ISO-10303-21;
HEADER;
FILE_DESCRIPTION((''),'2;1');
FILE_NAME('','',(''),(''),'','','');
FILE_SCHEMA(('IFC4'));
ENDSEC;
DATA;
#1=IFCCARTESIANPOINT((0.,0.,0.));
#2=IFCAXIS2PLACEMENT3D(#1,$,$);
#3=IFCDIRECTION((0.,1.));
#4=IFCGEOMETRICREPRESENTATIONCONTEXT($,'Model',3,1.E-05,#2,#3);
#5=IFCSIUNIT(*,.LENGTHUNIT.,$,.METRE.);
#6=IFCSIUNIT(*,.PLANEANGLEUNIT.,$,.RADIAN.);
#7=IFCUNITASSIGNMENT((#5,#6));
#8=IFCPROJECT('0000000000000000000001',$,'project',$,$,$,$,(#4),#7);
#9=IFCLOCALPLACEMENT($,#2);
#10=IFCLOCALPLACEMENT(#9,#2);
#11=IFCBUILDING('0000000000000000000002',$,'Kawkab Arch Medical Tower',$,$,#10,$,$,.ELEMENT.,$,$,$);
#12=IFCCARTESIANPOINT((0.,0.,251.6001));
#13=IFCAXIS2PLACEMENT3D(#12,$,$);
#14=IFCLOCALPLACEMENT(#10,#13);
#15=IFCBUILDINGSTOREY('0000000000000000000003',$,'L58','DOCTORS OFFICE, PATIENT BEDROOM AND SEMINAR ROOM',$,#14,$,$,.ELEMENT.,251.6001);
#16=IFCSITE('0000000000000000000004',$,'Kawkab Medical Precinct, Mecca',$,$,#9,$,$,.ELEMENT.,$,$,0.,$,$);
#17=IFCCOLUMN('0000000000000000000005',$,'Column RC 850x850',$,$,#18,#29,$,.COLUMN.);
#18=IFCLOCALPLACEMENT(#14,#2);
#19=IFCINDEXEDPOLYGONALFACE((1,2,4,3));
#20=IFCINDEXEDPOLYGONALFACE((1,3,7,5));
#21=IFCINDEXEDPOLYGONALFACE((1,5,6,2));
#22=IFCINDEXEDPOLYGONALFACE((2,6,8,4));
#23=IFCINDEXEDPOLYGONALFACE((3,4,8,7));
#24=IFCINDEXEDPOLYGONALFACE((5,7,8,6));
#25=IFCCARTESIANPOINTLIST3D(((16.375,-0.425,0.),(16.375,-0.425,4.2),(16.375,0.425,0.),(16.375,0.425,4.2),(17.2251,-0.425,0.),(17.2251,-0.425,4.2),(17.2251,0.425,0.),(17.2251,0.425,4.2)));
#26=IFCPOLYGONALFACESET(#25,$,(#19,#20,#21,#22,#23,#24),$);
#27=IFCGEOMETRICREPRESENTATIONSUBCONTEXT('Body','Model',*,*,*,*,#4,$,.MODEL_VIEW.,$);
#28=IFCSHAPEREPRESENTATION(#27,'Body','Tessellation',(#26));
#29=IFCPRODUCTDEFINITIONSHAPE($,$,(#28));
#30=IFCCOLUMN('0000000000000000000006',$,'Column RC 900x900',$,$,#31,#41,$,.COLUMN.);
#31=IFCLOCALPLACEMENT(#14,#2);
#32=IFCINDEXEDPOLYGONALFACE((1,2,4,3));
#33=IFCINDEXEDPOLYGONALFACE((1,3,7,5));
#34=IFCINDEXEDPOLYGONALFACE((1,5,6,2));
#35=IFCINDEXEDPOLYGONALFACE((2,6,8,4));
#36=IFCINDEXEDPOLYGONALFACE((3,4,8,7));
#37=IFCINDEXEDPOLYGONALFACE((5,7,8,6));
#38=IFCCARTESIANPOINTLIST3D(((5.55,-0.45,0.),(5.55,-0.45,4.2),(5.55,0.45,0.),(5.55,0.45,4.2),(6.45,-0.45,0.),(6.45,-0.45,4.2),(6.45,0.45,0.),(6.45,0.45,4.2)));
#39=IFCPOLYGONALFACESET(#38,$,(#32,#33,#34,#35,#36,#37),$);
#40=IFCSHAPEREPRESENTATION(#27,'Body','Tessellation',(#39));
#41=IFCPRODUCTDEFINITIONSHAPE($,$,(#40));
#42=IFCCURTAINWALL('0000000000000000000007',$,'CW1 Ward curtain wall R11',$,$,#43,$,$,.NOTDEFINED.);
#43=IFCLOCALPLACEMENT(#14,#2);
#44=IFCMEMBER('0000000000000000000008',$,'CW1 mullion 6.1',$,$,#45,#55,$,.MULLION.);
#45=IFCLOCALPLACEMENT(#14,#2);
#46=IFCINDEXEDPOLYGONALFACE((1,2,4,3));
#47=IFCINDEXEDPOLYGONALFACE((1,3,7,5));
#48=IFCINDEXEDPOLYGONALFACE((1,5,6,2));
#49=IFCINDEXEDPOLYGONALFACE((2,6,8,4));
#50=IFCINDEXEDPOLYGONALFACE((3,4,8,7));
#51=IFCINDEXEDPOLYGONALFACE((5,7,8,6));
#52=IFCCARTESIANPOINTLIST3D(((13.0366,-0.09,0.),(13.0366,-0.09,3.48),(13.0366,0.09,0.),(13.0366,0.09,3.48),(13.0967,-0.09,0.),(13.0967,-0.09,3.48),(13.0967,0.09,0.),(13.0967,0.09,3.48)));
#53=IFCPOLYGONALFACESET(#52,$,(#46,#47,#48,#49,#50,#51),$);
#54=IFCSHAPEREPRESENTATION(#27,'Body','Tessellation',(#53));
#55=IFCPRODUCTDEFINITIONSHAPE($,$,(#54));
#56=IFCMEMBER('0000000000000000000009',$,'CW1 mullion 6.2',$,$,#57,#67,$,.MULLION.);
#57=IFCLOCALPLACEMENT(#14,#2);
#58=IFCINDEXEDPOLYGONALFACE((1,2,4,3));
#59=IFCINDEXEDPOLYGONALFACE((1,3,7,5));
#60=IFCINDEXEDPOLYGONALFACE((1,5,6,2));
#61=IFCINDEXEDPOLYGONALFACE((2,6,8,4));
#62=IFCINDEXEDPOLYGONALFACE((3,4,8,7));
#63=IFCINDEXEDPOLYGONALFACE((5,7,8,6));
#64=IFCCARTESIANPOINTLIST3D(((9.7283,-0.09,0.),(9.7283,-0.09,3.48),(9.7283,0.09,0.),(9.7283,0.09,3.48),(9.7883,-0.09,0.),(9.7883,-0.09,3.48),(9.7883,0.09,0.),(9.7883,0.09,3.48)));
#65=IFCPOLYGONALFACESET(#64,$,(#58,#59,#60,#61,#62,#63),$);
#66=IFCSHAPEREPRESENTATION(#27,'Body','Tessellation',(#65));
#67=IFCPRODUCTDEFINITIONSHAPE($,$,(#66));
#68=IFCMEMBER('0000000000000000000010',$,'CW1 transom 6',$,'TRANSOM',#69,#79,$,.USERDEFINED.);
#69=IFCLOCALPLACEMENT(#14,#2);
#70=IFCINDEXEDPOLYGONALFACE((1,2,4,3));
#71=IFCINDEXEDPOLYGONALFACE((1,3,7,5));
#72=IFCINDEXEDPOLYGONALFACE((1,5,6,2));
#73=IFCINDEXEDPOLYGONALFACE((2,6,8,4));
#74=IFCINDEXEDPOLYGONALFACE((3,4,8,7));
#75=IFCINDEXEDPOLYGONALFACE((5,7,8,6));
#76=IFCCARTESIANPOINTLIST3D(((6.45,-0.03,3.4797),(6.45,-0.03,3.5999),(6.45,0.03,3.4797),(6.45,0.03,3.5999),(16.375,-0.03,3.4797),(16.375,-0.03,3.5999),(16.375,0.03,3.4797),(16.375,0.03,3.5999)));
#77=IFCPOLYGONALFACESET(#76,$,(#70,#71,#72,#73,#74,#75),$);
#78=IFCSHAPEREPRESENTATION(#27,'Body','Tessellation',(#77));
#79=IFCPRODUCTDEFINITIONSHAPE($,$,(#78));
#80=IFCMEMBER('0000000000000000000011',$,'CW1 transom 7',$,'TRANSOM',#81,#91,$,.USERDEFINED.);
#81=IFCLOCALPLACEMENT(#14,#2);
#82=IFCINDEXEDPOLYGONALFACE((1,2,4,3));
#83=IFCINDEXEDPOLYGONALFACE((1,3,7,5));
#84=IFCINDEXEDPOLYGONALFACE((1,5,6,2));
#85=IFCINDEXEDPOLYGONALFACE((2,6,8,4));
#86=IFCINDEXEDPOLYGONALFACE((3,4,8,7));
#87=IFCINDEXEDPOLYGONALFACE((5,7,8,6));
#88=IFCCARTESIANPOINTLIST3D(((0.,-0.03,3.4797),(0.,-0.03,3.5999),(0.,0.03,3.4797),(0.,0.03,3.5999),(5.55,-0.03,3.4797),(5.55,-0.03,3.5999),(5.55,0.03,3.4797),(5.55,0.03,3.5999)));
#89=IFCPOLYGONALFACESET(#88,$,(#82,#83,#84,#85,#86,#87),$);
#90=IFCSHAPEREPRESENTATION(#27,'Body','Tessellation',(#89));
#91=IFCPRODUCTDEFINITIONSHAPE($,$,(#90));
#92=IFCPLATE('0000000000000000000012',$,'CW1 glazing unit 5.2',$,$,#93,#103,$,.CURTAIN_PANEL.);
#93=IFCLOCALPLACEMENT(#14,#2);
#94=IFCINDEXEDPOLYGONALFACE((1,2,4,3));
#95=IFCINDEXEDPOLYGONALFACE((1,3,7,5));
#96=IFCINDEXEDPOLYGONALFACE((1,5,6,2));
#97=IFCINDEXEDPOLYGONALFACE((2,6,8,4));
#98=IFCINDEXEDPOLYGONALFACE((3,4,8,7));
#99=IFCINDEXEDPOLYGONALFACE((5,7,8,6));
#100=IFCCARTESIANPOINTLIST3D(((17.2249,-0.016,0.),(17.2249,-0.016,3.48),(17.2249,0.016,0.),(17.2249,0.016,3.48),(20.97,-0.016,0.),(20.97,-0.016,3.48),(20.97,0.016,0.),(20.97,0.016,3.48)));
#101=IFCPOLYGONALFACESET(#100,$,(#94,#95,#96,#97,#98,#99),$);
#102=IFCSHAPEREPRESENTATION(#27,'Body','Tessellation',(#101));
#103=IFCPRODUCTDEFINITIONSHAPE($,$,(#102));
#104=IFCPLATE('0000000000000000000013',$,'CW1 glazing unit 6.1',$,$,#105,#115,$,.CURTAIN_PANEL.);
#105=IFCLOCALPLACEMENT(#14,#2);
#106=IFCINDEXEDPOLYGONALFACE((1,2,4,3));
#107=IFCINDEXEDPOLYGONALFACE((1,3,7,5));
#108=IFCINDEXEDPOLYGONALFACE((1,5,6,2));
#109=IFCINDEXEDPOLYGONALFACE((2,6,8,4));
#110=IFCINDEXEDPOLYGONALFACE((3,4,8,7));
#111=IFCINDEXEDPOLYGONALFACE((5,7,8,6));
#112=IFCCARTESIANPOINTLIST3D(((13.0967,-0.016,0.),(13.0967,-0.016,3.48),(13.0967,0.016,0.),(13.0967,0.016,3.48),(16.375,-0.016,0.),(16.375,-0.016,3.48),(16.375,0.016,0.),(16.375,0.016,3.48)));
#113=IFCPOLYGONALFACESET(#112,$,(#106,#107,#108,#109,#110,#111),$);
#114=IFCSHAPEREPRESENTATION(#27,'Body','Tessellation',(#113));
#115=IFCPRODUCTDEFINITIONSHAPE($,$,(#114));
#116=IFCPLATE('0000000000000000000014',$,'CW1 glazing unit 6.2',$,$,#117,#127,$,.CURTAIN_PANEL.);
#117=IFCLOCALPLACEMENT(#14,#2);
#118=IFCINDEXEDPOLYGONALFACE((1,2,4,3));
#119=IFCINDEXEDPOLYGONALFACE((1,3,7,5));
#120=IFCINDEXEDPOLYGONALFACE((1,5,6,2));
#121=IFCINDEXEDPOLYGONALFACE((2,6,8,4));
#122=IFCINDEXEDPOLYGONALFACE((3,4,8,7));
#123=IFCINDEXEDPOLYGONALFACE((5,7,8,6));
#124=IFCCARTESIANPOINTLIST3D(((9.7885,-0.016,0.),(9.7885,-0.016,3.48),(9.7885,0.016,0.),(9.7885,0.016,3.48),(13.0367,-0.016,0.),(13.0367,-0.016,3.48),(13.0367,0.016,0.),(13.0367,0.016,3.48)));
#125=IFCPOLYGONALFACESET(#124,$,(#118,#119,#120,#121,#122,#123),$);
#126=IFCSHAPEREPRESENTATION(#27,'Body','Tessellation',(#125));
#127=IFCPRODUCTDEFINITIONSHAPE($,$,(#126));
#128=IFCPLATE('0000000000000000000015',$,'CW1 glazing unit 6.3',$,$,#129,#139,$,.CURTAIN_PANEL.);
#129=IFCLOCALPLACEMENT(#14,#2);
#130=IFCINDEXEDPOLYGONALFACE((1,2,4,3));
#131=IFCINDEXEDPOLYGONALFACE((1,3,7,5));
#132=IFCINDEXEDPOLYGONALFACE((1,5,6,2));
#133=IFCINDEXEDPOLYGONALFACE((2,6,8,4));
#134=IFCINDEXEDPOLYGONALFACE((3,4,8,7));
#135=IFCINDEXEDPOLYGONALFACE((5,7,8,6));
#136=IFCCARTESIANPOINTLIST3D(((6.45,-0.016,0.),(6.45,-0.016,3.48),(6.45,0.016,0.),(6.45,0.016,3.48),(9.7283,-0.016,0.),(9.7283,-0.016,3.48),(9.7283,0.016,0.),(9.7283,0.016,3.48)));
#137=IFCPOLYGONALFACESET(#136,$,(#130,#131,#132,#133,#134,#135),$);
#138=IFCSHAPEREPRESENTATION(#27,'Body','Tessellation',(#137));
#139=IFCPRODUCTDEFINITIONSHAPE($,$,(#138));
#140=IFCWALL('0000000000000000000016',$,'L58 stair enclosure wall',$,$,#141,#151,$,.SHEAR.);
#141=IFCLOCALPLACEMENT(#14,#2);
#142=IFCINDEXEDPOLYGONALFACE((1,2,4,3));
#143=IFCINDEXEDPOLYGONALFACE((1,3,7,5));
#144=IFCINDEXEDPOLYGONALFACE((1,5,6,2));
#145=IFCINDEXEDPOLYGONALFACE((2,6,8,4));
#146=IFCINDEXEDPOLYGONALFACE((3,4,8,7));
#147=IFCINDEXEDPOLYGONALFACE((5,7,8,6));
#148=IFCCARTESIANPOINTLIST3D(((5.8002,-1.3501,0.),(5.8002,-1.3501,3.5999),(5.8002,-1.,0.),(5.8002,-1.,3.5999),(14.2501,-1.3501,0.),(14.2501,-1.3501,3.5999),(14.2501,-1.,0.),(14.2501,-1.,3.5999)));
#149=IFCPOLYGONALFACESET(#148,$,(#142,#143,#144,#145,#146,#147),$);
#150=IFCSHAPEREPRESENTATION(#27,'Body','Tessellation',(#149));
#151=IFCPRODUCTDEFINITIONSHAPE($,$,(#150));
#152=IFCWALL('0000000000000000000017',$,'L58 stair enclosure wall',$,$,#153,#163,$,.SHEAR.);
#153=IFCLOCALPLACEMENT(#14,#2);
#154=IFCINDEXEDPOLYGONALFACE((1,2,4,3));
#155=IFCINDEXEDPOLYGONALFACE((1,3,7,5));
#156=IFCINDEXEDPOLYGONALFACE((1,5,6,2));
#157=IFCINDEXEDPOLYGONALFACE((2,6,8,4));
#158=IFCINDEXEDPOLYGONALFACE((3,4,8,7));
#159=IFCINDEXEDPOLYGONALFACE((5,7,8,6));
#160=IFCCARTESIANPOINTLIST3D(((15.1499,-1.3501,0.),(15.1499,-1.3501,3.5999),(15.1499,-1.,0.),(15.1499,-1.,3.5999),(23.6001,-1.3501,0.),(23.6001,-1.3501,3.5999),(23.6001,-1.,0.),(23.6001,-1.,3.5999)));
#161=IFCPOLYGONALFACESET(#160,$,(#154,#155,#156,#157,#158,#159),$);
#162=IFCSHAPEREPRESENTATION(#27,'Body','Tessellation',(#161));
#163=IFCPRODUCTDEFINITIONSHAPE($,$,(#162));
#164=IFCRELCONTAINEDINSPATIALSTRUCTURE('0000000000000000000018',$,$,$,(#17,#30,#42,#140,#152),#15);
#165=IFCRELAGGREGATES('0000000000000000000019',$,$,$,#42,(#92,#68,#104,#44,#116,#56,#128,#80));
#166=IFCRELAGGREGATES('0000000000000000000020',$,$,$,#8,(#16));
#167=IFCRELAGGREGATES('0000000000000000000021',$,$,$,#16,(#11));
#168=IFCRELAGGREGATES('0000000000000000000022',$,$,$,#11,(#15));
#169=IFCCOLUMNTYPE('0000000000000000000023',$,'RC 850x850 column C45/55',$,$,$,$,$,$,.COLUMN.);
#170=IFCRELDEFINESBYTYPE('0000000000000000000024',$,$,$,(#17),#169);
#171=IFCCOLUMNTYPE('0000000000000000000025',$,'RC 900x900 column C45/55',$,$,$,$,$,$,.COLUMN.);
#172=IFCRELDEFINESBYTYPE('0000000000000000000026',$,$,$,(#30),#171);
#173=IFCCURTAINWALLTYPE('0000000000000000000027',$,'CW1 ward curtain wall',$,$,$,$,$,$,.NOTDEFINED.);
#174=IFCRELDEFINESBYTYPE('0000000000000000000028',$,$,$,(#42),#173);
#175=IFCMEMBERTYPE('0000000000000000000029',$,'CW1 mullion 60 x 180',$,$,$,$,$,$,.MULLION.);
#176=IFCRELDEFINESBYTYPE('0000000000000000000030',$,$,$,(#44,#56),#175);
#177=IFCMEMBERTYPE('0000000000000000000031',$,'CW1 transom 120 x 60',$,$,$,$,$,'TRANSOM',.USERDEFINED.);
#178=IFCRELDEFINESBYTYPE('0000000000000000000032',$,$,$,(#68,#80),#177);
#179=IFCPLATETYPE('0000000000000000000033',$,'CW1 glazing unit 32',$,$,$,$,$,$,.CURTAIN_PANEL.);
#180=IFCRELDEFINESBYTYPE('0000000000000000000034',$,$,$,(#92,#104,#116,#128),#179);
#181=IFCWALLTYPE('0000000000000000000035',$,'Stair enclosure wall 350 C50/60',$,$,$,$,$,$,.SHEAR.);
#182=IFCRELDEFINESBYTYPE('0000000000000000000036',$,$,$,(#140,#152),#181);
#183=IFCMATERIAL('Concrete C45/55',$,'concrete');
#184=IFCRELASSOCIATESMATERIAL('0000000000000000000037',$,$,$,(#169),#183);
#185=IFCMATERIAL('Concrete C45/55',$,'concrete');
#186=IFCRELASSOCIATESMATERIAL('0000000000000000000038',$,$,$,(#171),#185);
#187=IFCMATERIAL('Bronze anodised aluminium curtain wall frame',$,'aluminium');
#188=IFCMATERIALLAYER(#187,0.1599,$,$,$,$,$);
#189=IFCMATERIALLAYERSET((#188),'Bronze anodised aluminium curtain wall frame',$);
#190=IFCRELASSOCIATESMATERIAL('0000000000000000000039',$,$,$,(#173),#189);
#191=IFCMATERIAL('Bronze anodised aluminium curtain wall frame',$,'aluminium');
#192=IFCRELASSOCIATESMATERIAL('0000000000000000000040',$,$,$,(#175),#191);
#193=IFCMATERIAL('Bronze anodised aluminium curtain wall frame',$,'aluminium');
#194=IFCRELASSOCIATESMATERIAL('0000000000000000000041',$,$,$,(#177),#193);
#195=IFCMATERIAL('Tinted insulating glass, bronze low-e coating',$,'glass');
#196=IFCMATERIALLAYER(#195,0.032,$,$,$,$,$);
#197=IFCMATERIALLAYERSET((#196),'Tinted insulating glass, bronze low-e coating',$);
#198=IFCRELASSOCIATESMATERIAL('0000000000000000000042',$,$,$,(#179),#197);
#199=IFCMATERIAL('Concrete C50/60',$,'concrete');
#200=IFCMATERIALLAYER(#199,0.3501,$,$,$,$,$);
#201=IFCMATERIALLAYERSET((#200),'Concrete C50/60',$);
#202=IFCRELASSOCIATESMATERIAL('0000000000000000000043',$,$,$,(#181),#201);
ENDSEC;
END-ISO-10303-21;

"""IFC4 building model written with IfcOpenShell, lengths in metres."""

from ifc_helpers import new_model, si_unit, direction, frame, frame_2d, origin, origin_2d, place, context, subcontext, project, spatial, rectangle, extrude, material, layer, layer_set, material_profile, profile_set, type_object, element, aggregate, save


model = new_model("IFC4")

# Units and contexts
model_context = context("Model", 3, precision=1e-05, world=origin(), true_north=direction((0.0, 1.0)))
body_context = subcontext(model_context, "Body", "Model", "MODEL_VIEW")
ifc_project = project(units=[si_unit("LENGTHUNIT", "METRE"), si_unit("PLANEANGLEUNIT", "RADIAN")], contexts=[model_context])

# Site, building, storey
site_placement = place(None, origin())
site = spatial("IfcSite", under=ifc_project, at=site_placement, Name="Kawkab Medical Precinct, Mecca", CompositionType="ELEMENT", RefElevation=0.0)
building_placement = place(site_placement, origin())
building = spatial("IfcBuilding", under=site, at=building_placement, Name="Kawkab Arch Medical Tower", CompositionType="ELEMENT")
storey_placement = place(building_placement, frame((0.0, 0.0, 251.6001)))
storey = spatial("IfcBuildingStorey", under=building, at=storey_placement, Name="L58", Description="DOCTORS OFFICE, PATIENT BEDROOM AND SEMINAR ROOM", CompositionType="ELEMENT", Elevation=251.6001)

# Columns
ifc_material_1 = material(Name="Concrete C45/55", Category="concrete")
ifc_material_profile_1 = material_profile(ifc_material_1, rectangle(XDim=0.8501, YDim=0.8501, at=origin_2d()), Name="RC 850x850")
ifc_profile_set_1 = profile_set([ifc_material_profile_1], Name="Concrete C45/55")
column_type_1 = type_object("IfcColumnType", Name="RC 850x850 column C45/55", PredefinedType="COLUMN", material=ifc_profile_set_1)
column_1_placement = place(storey_placement, frame((16.8, 0.0, 0.0), z_axis=(0.0, 0.0, 1.0), x_axis=(1.0, 0.0, 0.0)))
element("IfcColumn", 1, at=column_1_placement, inside=storey, type_object=column_type_1, Name="Column RC 850x850", PredefinedType="COLUMN", context=body_context, shape_type="SweptSolid", body=[
    extrude(rectangle(XDim=0.8501, YDim=0.8501, at=origin_2d()), origin(), (0.0, 0.0, 1.0), 4.2),
])
ifc_material_2 = material(Name="Concrete C45/55", Category="concrete")
ifc_material_profile_2 = material_profile(ifc_material_2, rectangle(XDim=0.8999, YDim=0.8999, at=origin_2d()), Name="RC 900x900")
ifc_profile_set_2 = profile_set([ifc_material_profile_2], Name="Concrete C45/55")
column_type_2 = type_object("IfcColumnType", Name="RC 900x900 column C45/55", PredefinedType="COLUMN", material=ifc_profile_set_2)
column_2_placement = place(storey_placement, frame((6.0, 0.0, 0.0), z_axis=(0.0, 0.0, 1.0), x_axis=(1.0, 0.0, 0.0)))
element("IfcColumn", 2, at=column_2_placement, inside=storey, type_object=column_type_2, Name="Column RC 900x900", PredefinedType="COLUMN", context=body_context, shape_type="SweptSolid", body=[
    extrude(rectangle(XDim=0.8999, YDim=0.8999, at=origin_2d()), origin(), (0.0, 0.0, 1.0), 4.2),
])

# Curtain wall, members, plates
ifc_material_3 = material(Name="Bronze anodised aluminium curtain wall frame", Category="aluminium")
ifc_layer_1 = layer(ifc_material_3, 0.1599)
ifc_layer_set_1 = layer_set([ifc_layer_1], Name="Bronze anodised aluminium curtain wall frame")
curtain_wall_type = type_object("IfcCurtainWallType", Name="CW1 ward curtain wall", PredefinedType="NOTDEFINED", material=ifc_layer_set_1)
placement = place(storey_placement, origin())
curtain_wall = element("IfcCurtainWall", 3, at=placement, inside=storey, type_object=curtain_wall_type, Name="CW1 Ward curtain wall R11", PredefinedType="NOTDEFINED")
ifc_material_4 = material(Name="Bronze anodised aluminium curtain wall frame", Category="aluminium")
ifc_material_profile_3 = material_profile(ifc_material_4, rectangle(XDim=0.1799, YDim=0.0601, at=origin_2d()), Name="AL 60x180")
ifc_profile_set_3 = profile_set([ifc_material_profile_3], Name="Bronze anodised aluminium curtain wall frame")
member_type_1 = type_object("IfcMemberType", Name="CW1 mullion 60 x 180", PredefinedType="MULLION", material=ifc_profile_set_3)
member_1_placement = place(storey_placement, frame((13.0667, 0.0, 0.0), z_axis=(0.0, 0.0, 1.0), x_axis=(0.0, -1.0, 0.0)))
member_1 = element("IfcMember", 4, at=member_1_placement, type_object=member_type_1, Name="CW1 mullion 6.1", PredefinedType="MULLION", context=body_context, shape_type="SweptSolid", body=[
    extrude(rectangle(XDim=0.1799, YDim=0.0601, at=origin_2d()), origin(), (0.0, 0.0, 1.0), 3.48),
])
member_2_placement = place(storey_placement, frame((9.7583, 0.0, 0.0), z_axis=(0.0, 0.0, 1.0), x_axis=(0.0, -1.0, 0.0)))
member_2 = element("IfcMember", 5, at=member_2_placement, type_object=member_type_1, Name="CW1 mullion 6.2", PredefinedType="MULLION", context=body_context, shape_type="SweptSolid", body=[
    extrude(rectangle(XDim=0.1799, YDim=0.0601, at=origin_2d()), origin(), (0.0, 0.0, 1.0), 3.48),
])
ifc_material_5 = material(Name="Bronze anodised aluminium curtain wall frame", Category="aluminium")
ifc_material_profile_4 = material_profile(ifc_material_5, rectangle(XDim=0.0601, YDim=0.1201, at=origin_2d()), Name="AL 60x120")
ifc_profile_set_4 = profile_set([ifc_material_profile_4], Name="Bronze anodised aluminium curtain wall frame")
member_type_2 = type_object("IfcMemberType", Name="CW1 transom 120 x 60", ElementType="TRANSOM", PredefinedType="USERDEFINED", material=ifc_profile_set_4)
member_3_placement = place(storey_placement, frame((16.375, 0.0, 3.5398), z_axis=(-1.0, 0.0, 0.0), x_axis=(0.0, -1.0, 0.0)))
member_3 = element("IfcMember", 6, at=member_3_placement, type_object=member_type_2, Name="CW1 transom 6", ObjectType="TRANSOM", PredefinedType="USERDEFINED", context=body_context, shape_type="SweptSolid", body=[
    extrude(rectangle(XDim=0.0601, YDim=0.1201, at=origin_2d()), origin(), (0.0, 0.0, 1.0), 9.925),
])
member_4_placement = place(storey_placement, frame((5.55, 0.0, 3.5398), z_axis=(-1.0, 0.0, 0.0), x_axis=(0.0, -1.0, 0.0)))
member_4 = element("IfcMember", 7, at=member_4_placement, type_object=member_type_2, Name="CW1 transom 7", ObjectType="TRANSOM", PredefinedType="USERDEFINED", context=body_context, shape_type="SweptSolid", body=[
    extrude(rectangle(XDim=0.0601, YDim=0.1201, at=origin_2d()), origin(), (0.0, 0.0, 1.0), 5.55),
])
ifc_material_6 = material(Name="Tinted insulating glass, bronze low-e coating", Category="glass")
ifc_layer_2 = layer(ifc_material_6, 0.032)
ifc_layer_set_2 = layer_set([ifc_layer_2], Name="Tinted insulating glass, bronze low-e coating")
plate_type = type_object("IfcPlateType", Name="CW1 glazing unit 32", PredefinedType="CURTAIN_PANEL", material=ifc_layer_set_2)
plate_1_placement = place(storey_placement, frame((19.0974, 0.0, 0.0), z_axis=(0.0, 0.0, 1.0), x_axis=(-1.0, 0.0, 0.0)))
plate_1 = element("IfcPlate", 8, at=plate_1_placement, type_object=plate_type, Name="CW1 glazing unit 5.2", PredefinedType="CURTAIN_PANEL", context=body_context, shape_type="SweptSolid", body=[
    extrude(rectangle(XDim=3.7451, YDim=0.032, at=origin_2d()), origin(), (0.0, 0.0, 1.0), 3.48),
])
plate_2_placement = place(storey_placement, frame((14.7358, 0.0, 0.0), z_axis=(0.0, 0.0, 1.0), x_axis=(-1.0, 0.0, 0.0)))
plate_2 = element("IfcPlate", 9, at=plate_2_placement, type_object=plate_type, Name="CW1 glazing unit 6.1", PredefinedType="CURTAIN_PANEL", context=body_context, shape_type="SweptSolid", body=[
    extrude(rectangle(XDim=3.2783, YDim=0.032, at=origin_2d()), origin(), (0.0, 0.0, 1.0), 3.48),
])
plate_3_placement = place(storey_placement, frame((11.4126, 0.0, 0.0), z_axis=(0.0, 0.0, 1.0), x_axis=(-1.0, 0.0, 0.0)))
plate_3 = element("IfcPlate", 10, at=plate_3_placement, type_object=plate_type, Name="CW1 glazing unit 6.2", PredefinedType="CURTAIN_PANEL", context=body_context, shape_type="SweptSolid", body=[
    extrude(rectangle(XDim=3.2483, YDim=0.032, at=origin_2d()), origin(), (0.0, 0.0, 1.0), 3.48),
])
plate_4_placement = place(storey_placement, frame((8.0891, 0.0, 0.0), z_axis=(0.0, 0.0, 1.0), x_axis=(-1.0, 0.0, 0.0)))
plate_4 = element("IfcPlate", 11, at=plate_4_placement, type_object=plate_type, Name="CW1 glazing unit 6.3", PredefinedType="CURTAIN_PANEL", context=body_context, shape_type="SweptSolid", body=[
    extrude(rectangle(XDim=3.2783, YDim=0.032, at=origin_2d()), origin(), (0.0, 0.0, 1.0), 3.48),
])
aggregate(curtain_wall, [plate_1, member_3, plate_2, member_1, plate_3, member_2, plate_4, member_4])

# Walls
ifc_material_7 = material(Name="Concrete C50/60", Category="concrete")
ifc_layer_3 = layer(ifc_material_7, 0.3501)
ifc_layer_set_3 = layer_set([ifc_layer_3], Name="Concrete C50/60")
wall_type = type_object("IfcWallType", Name="Stair enclosure wall 350 C50/60", PredefinedType="SHEAR", material=ifc_layer_set_3)
wall_1_placement = place(storey_placement, frame((5.8, -1.175, 0.0), z_axis=(0.0, 0.0, 1.0), x_axis=(1.0, 0.0, 0.0)))
element("IfcWall", 12, at=wall_1_placement, inside=storey, type_object=wall_type, Name="L58 stair enclosure wall", PredefinedType="SHEAR", context=body_context, shape_type="SweptSolid", body=[
    extrude(rectangle(XDim=8.45, YDim=0.3501, at=frame_2d((4.2251, 0.0))), origin(), (0.0, 0.0, 1.0), 3.5999),
])
wall_2_placement = place(storey_placement, frame((15.1499, -1.175, 0.0), z_axis=(0.0, 0.0, 1.0), x_axis=(1.0, 0.0, 0.0)))
element("IfcWall", 13, at=wall_2_placement, inside=storey, type_object=wall_type, Name="L58 stair enclosure wall", PredefinedType="SHEAR", context=body_context, shape_type="SweptSolid", body=[
    extrude(rectangle(XDim=8.4502, YDim=0.3501, at=frame_2d((4.2251, 0.0))), origin(), (0.0, 0.0, 1.0), 3.5999),
])

save(model, "model.ifc")
